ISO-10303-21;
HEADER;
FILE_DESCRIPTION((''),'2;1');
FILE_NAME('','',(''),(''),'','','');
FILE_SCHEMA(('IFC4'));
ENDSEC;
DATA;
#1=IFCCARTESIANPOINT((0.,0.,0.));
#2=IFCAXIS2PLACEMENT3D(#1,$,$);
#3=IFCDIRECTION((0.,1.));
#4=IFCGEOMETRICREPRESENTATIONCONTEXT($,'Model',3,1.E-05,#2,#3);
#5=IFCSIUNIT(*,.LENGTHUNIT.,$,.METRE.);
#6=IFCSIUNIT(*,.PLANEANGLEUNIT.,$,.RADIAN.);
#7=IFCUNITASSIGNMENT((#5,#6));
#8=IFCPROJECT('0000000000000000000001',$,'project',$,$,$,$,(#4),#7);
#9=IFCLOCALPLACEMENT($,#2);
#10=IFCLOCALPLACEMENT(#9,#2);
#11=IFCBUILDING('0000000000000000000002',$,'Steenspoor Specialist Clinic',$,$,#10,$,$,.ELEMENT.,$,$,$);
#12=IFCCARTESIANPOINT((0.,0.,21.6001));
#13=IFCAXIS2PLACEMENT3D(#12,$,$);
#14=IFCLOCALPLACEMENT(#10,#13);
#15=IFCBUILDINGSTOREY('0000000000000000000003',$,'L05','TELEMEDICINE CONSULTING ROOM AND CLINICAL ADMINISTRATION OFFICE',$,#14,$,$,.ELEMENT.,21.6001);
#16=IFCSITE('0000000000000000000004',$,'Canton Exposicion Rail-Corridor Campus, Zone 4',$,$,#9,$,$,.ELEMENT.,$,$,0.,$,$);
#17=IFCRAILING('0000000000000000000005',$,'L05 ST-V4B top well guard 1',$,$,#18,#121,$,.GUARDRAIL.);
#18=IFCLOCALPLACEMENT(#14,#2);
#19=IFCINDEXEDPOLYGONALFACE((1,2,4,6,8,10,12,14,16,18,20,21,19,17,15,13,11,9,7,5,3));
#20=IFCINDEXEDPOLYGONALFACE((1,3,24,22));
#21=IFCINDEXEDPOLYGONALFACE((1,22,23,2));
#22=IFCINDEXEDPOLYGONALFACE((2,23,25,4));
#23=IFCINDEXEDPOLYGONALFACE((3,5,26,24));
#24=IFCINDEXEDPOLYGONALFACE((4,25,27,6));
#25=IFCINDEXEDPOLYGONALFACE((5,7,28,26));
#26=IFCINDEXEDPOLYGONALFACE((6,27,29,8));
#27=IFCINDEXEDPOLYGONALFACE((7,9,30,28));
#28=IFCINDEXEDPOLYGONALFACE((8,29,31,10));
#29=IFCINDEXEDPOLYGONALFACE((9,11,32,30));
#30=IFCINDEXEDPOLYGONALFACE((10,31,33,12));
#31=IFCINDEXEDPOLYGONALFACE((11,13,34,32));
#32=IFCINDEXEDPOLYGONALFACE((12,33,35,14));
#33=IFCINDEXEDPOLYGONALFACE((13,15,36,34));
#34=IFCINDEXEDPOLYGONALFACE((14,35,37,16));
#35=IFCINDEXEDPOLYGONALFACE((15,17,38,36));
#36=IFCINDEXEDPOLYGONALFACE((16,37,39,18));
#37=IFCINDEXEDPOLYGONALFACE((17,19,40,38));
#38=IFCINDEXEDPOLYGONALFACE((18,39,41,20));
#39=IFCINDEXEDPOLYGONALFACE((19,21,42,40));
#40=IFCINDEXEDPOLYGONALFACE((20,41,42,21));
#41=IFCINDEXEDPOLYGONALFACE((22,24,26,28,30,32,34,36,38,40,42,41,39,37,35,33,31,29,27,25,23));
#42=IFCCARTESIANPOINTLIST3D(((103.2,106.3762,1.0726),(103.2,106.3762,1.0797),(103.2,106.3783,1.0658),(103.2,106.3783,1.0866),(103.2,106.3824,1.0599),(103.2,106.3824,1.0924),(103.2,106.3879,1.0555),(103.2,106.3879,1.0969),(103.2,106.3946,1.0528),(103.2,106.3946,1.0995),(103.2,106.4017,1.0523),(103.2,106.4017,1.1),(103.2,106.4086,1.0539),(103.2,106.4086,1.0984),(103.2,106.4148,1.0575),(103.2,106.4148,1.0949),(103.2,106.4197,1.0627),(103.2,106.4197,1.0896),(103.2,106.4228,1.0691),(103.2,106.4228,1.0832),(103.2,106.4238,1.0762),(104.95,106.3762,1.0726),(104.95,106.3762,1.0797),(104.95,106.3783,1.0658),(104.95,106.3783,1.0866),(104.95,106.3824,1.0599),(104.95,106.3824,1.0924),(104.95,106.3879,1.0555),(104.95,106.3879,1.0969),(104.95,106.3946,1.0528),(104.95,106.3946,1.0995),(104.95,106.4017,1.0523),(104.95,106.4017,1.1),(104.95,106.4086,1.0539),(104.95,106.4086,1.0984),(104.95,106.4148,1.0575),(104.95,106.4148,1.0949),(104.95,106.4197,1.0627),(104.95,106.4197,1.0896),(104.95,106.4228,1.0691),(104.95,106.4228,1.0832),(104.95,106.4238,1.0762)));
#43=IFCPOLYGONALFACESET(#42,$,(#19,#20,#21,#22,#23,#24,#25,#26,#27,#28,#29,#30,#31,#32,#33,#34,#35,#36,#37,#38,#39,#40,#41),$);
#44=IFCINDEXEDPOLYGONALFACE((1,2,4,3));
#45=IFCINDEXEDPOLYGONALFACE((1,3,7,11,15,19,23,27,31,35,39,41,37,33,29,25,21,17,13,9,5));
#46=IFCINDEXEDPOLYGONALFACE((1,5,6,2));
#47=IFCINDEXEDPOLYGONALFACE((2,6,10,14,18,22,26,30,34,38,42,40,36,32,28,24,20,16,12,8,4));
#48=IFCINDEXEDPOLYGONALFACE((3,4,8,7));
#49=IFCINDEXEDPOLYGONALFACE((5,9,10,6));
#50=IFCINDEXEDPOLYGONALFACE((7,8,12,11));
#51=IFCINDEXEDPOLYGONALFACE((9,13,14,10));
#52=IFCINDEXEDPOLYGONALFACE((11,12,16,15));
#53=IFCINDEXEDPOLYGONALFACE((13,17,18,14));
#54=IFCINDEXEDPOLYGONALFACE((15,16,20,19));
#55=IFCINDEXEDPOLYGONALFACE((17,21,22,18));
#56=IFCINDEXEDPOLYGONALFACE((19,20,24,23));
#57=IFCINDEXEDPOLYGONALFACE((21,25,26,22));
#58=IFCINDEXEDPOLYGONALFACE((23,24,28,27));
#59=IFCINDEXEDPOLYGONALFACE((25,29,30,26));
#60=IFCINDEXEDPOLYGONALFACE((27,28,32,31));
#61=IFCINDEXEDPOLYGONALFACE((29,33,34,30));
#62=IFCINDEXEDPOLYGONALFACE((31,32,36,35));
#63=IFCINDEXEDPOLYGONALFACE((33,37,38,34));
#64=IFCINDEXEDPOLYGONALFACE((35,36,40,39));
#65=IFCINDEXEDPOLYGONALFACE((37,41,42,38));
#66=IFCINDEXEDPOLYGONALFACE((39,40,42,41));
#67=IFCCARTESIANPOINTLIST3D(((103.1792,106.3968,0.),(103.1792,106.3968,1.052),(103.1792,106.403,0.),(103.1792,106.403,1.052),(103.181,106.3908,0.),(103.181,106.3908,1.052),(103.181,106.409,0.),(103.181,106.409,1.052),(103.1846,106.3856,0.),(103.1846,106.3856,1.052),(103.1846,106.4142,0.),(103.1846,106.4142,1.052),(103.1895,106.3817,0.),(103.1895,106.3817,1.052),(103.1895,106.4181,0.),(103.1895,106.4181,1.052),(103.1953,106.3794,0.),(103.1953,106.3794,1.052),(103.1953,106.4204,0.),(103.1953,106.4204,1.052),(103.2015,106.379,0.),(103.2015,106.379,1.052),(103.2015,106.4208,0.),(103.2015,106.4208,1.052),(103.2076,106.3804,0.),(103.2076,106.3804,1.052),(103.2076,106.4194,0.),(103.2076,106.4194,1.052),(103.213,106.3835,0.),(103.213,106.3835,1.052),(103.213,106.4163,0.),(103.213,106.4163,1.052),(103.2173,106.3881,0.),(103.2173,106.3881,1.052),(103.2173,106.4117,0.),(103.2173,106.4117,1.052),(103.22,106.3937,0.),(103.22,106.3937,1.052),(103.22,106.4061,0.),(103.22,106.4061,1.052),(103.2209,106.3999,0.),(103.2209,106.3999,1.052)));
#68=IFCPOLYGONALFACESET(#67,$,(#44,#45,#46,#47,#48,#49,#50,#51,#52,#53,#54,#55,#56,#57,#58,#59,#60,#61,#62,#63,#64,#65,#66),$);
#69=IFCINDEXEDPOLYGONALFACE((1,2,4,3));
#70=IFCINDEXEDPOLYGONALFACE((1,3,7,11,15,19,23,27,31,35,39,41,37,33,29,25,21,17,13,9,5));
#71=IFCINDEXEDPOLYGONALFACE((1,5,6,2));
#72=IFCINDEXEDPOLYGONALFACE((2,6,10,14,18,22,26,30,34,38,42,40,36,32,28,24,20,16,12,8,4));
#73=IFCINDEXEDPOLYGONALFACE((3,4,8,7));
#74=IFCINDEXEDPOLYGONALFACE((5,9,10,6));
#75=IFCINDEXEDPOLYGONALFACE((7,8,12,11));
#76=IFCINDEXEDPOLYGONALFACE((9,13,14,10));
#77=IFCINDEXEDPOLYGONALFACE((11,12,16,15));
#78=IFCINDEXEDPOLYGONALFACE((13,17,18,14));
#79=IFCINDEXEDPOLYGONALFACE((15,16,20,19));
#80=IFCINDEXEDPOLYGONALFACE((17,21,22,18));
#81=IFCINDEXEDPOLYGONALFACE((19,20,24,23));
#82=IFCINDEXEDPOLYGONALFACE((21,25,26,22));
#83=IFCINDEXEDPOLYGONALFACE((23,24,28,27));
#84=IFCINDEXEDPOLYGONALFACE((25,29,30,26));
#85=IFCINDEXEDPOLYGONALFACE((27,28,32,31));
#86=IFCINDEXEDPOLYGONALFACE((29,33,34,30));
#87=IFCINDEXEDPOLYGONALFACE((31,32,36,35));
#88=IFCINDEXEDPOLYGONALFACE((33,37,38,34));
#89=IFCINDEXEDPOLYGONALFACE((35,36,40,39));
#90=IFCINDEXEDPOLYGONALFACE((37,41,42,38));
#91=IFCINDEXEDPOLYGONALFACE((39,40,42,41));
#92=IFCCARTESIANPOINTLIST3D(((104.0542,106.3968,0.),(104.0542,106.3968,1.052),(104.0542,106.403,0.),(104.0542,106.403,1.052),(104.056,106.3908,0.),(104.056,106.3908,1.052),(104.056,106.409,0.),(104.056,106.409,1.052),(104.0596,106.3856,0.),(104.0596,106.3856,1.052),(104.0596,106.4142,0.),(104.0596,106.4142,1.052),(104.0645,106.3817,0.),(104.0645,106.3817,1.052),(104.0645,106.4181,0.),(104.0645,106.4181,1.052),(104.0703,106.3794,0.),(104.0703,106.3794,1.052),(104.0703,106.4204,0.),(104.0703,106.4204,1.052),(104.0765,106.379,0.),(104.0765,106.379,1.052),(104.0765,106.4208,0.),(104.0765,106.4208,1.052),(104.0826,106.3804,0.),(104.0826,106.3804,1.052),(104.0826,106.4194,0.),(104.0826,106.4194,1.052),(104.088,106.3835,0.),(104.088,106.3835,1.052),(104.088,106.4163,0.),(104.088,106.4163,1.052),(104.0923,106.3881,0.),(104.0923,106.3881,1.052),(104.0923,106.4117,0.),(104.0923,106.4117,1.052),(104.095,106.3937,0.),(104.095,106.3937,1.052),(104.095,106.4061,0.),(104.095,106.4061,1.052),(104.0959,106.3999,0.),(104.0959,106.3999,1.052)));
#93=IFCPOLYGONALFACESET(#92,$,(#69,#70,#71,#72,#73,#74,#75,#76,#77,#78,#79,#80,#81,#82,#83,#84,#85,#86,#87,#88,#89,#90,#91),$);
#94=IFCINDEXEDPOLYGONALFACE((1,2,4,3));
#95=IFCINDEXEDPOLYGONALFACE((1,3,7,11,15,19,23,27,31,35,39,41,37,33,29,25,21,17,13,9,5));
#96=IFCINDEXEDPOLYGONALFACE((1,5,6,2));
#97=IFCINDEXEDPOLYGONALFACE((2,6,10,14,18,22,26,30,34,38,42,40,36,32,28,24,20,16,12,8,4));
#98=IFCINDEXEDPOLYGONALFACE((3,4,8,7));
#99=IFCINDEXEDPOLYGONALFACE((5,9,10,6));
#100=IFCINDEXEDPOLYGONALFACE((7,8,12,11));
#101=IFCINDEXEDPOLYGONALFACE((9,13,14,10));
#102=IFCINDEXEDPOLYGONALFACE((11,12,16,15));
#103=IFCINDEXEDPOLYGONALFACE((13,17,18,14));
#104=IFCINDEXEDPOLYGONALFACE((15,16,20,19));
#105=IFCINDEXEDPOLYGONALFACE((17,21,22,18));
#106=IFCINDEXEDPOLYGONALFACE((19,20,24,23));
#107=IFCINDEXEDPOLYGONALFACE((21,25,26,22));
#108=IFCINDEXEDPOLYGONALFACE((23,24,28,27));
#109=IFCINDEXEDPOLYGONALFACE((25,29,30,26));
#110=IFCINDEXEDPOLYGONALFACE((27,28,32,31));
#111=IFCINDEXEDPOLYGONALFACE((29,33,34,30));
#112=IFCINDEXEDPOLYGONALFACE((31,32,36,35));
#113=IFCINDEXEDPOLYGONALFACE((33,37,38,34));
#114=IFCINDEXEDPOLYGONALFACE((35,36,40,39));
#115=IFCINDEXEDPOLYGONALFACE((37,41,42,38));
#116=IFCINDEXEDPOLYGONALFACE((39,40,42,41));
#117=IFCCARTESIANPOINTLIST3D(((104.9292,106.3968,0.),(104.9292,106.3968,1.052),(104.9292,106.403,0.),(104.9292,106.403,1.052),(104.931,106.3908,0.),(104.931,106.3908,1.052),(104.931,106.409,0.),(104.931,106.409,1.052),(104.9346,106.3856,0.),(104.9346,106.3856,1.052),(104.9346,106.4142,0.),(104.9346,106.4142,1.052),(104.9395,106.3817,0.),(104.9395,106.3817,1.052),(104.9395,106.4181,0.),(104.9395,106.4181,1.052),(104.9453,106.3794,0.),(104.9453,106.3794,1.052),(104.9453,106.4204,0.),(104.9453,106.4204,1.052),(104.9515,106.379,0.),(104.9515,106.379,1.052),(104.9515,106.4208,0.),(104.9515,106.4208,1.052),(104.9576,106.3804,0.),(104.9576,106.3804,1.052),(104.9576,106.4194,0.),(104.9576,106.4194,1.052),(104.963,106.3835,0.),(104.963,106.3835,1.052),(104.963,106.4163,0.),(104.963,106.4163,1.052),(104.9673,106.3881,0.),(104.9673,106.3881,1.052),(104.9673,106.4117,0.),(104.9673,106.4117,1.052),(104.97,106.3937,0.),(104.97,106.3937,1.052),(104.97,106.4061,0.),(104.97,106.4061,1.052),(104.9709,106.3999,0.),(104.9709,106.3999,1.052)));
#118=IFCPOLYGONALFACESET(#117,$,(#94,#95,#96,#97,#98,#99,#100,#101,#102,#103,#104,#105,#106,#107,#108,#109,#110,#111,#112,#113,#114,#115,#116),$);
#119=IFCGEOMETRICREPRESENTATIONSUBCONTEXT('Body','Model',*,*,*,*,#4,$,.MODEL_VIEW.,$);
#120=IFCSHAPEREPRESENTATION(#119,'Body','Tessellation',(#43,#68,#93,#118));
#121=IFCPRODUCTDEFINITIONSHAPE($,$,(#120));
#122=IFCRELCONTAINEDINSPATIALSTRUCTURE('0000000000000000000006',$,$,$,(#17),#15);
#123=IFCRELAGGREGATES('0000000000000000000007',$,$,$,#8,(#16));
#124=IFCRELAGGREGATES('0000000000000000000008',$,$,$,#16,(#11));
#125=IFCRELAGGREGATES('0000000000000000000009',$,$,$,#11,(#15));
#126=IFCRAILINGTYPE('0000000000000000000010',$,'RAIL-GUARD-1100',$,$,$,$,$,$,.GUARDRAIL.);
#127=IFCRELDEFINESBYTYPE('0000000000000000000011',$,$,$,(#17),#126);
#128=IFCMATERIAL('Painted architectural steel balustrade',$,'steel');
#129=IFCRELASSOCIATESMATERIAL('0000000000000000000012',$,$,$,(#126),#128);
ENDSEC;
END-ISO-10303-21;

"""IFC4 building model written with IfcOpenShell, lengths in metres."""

from ifc_helpers import new_model, si_unit, direction, frame, origin, origin_2d, place, context, subcontext, project, spatial, circle, extrude, material, type_object, element, save


model = new_model("IFC4")

# Units and contexts
model_context = context("Model", 3, precision=1e-05, world=origin(), true_north=direction((0.0, 1.0)))
body_context = subcontext(model_context, "Body", "Model", "MODEL_VIEW")
ifc_project = project(units=[si_unit("LENGTHUNIT", "METRE"), si_unit("PLANEANGLEUNIT", "RADIAN")], contexts=[model_context])

# Site, building, storey
site_placement = place(None, origin())
site = spatial("IfcSite", under=ifc_project, at=site_placement, Name="Canton Exposicion Rail-Corridor Campus, Zone 4", CompositionType="ELEMENT", RefElevation=0.0)
building_placement = place(site_placement, origin())
building = spatial("IfcBuilding", under=site, at=building_placement, Name="Steenspoor Specialist Clinic", CompositionType="ELEMENT")
storey_placement = place(building_placement, frame((0.0, 0.0, 21.6001)))
storey = spatial("IfcBuildingStorey", under=building, at=storey_placement, Name="L05", Description="TELEMEDICINE CONSULTING ROOM AND CLINICAL ADMINISTRATION OFFICE", CompositionType="ELEMENT", Elevation=21.6001)

# Railing
ifc_material_1 = material(Name="Painted architectural steel balustrade", Category="steel")
railing_type = type_object("IfcRailingType", Name="RAIL-GUARD-1100", PredefinedType="GUARDRAIL", material=ifc_material_1)
railing_placement = place(storey_placement, frame((103.2, 106.3999, 0.0)))
element("IfcRailing", 1, at=railing_placement, inside=storey, type_object=railing_type, Name="L05 ST-V4B top well guard 1", PredefinedType="GUARDRAIL", context=body_context, shape_type="SweptSolid", body=[
    extrude(circle(Radius=0.0239, at=origin_2d()), frame((0.0, 0.0, 1.0762), z_axis=(1.0, 0.0, 0.0), x_axis=(0.0, 1.0, 0.0)), (0.0, 0.0, 1.0), 1.75),
    extrude(circle(Radius=0.021, at=origin_2d()), origin(), (0.0, 0.0, 1.0), 1.052),
    extrude(circle(Radius=0.021, at=origin_2d()), frame((0.875, 0.0, 0.0)), (0.0, 0.0, 1.0), 1.052),
    extrude(circle(Radius=0.021, at=origin_2d()), frame((1.75, 0.0, 0.0)), (0.0, 0.0, 1.0), 1.052),
])

save(model, "model.ifc")
